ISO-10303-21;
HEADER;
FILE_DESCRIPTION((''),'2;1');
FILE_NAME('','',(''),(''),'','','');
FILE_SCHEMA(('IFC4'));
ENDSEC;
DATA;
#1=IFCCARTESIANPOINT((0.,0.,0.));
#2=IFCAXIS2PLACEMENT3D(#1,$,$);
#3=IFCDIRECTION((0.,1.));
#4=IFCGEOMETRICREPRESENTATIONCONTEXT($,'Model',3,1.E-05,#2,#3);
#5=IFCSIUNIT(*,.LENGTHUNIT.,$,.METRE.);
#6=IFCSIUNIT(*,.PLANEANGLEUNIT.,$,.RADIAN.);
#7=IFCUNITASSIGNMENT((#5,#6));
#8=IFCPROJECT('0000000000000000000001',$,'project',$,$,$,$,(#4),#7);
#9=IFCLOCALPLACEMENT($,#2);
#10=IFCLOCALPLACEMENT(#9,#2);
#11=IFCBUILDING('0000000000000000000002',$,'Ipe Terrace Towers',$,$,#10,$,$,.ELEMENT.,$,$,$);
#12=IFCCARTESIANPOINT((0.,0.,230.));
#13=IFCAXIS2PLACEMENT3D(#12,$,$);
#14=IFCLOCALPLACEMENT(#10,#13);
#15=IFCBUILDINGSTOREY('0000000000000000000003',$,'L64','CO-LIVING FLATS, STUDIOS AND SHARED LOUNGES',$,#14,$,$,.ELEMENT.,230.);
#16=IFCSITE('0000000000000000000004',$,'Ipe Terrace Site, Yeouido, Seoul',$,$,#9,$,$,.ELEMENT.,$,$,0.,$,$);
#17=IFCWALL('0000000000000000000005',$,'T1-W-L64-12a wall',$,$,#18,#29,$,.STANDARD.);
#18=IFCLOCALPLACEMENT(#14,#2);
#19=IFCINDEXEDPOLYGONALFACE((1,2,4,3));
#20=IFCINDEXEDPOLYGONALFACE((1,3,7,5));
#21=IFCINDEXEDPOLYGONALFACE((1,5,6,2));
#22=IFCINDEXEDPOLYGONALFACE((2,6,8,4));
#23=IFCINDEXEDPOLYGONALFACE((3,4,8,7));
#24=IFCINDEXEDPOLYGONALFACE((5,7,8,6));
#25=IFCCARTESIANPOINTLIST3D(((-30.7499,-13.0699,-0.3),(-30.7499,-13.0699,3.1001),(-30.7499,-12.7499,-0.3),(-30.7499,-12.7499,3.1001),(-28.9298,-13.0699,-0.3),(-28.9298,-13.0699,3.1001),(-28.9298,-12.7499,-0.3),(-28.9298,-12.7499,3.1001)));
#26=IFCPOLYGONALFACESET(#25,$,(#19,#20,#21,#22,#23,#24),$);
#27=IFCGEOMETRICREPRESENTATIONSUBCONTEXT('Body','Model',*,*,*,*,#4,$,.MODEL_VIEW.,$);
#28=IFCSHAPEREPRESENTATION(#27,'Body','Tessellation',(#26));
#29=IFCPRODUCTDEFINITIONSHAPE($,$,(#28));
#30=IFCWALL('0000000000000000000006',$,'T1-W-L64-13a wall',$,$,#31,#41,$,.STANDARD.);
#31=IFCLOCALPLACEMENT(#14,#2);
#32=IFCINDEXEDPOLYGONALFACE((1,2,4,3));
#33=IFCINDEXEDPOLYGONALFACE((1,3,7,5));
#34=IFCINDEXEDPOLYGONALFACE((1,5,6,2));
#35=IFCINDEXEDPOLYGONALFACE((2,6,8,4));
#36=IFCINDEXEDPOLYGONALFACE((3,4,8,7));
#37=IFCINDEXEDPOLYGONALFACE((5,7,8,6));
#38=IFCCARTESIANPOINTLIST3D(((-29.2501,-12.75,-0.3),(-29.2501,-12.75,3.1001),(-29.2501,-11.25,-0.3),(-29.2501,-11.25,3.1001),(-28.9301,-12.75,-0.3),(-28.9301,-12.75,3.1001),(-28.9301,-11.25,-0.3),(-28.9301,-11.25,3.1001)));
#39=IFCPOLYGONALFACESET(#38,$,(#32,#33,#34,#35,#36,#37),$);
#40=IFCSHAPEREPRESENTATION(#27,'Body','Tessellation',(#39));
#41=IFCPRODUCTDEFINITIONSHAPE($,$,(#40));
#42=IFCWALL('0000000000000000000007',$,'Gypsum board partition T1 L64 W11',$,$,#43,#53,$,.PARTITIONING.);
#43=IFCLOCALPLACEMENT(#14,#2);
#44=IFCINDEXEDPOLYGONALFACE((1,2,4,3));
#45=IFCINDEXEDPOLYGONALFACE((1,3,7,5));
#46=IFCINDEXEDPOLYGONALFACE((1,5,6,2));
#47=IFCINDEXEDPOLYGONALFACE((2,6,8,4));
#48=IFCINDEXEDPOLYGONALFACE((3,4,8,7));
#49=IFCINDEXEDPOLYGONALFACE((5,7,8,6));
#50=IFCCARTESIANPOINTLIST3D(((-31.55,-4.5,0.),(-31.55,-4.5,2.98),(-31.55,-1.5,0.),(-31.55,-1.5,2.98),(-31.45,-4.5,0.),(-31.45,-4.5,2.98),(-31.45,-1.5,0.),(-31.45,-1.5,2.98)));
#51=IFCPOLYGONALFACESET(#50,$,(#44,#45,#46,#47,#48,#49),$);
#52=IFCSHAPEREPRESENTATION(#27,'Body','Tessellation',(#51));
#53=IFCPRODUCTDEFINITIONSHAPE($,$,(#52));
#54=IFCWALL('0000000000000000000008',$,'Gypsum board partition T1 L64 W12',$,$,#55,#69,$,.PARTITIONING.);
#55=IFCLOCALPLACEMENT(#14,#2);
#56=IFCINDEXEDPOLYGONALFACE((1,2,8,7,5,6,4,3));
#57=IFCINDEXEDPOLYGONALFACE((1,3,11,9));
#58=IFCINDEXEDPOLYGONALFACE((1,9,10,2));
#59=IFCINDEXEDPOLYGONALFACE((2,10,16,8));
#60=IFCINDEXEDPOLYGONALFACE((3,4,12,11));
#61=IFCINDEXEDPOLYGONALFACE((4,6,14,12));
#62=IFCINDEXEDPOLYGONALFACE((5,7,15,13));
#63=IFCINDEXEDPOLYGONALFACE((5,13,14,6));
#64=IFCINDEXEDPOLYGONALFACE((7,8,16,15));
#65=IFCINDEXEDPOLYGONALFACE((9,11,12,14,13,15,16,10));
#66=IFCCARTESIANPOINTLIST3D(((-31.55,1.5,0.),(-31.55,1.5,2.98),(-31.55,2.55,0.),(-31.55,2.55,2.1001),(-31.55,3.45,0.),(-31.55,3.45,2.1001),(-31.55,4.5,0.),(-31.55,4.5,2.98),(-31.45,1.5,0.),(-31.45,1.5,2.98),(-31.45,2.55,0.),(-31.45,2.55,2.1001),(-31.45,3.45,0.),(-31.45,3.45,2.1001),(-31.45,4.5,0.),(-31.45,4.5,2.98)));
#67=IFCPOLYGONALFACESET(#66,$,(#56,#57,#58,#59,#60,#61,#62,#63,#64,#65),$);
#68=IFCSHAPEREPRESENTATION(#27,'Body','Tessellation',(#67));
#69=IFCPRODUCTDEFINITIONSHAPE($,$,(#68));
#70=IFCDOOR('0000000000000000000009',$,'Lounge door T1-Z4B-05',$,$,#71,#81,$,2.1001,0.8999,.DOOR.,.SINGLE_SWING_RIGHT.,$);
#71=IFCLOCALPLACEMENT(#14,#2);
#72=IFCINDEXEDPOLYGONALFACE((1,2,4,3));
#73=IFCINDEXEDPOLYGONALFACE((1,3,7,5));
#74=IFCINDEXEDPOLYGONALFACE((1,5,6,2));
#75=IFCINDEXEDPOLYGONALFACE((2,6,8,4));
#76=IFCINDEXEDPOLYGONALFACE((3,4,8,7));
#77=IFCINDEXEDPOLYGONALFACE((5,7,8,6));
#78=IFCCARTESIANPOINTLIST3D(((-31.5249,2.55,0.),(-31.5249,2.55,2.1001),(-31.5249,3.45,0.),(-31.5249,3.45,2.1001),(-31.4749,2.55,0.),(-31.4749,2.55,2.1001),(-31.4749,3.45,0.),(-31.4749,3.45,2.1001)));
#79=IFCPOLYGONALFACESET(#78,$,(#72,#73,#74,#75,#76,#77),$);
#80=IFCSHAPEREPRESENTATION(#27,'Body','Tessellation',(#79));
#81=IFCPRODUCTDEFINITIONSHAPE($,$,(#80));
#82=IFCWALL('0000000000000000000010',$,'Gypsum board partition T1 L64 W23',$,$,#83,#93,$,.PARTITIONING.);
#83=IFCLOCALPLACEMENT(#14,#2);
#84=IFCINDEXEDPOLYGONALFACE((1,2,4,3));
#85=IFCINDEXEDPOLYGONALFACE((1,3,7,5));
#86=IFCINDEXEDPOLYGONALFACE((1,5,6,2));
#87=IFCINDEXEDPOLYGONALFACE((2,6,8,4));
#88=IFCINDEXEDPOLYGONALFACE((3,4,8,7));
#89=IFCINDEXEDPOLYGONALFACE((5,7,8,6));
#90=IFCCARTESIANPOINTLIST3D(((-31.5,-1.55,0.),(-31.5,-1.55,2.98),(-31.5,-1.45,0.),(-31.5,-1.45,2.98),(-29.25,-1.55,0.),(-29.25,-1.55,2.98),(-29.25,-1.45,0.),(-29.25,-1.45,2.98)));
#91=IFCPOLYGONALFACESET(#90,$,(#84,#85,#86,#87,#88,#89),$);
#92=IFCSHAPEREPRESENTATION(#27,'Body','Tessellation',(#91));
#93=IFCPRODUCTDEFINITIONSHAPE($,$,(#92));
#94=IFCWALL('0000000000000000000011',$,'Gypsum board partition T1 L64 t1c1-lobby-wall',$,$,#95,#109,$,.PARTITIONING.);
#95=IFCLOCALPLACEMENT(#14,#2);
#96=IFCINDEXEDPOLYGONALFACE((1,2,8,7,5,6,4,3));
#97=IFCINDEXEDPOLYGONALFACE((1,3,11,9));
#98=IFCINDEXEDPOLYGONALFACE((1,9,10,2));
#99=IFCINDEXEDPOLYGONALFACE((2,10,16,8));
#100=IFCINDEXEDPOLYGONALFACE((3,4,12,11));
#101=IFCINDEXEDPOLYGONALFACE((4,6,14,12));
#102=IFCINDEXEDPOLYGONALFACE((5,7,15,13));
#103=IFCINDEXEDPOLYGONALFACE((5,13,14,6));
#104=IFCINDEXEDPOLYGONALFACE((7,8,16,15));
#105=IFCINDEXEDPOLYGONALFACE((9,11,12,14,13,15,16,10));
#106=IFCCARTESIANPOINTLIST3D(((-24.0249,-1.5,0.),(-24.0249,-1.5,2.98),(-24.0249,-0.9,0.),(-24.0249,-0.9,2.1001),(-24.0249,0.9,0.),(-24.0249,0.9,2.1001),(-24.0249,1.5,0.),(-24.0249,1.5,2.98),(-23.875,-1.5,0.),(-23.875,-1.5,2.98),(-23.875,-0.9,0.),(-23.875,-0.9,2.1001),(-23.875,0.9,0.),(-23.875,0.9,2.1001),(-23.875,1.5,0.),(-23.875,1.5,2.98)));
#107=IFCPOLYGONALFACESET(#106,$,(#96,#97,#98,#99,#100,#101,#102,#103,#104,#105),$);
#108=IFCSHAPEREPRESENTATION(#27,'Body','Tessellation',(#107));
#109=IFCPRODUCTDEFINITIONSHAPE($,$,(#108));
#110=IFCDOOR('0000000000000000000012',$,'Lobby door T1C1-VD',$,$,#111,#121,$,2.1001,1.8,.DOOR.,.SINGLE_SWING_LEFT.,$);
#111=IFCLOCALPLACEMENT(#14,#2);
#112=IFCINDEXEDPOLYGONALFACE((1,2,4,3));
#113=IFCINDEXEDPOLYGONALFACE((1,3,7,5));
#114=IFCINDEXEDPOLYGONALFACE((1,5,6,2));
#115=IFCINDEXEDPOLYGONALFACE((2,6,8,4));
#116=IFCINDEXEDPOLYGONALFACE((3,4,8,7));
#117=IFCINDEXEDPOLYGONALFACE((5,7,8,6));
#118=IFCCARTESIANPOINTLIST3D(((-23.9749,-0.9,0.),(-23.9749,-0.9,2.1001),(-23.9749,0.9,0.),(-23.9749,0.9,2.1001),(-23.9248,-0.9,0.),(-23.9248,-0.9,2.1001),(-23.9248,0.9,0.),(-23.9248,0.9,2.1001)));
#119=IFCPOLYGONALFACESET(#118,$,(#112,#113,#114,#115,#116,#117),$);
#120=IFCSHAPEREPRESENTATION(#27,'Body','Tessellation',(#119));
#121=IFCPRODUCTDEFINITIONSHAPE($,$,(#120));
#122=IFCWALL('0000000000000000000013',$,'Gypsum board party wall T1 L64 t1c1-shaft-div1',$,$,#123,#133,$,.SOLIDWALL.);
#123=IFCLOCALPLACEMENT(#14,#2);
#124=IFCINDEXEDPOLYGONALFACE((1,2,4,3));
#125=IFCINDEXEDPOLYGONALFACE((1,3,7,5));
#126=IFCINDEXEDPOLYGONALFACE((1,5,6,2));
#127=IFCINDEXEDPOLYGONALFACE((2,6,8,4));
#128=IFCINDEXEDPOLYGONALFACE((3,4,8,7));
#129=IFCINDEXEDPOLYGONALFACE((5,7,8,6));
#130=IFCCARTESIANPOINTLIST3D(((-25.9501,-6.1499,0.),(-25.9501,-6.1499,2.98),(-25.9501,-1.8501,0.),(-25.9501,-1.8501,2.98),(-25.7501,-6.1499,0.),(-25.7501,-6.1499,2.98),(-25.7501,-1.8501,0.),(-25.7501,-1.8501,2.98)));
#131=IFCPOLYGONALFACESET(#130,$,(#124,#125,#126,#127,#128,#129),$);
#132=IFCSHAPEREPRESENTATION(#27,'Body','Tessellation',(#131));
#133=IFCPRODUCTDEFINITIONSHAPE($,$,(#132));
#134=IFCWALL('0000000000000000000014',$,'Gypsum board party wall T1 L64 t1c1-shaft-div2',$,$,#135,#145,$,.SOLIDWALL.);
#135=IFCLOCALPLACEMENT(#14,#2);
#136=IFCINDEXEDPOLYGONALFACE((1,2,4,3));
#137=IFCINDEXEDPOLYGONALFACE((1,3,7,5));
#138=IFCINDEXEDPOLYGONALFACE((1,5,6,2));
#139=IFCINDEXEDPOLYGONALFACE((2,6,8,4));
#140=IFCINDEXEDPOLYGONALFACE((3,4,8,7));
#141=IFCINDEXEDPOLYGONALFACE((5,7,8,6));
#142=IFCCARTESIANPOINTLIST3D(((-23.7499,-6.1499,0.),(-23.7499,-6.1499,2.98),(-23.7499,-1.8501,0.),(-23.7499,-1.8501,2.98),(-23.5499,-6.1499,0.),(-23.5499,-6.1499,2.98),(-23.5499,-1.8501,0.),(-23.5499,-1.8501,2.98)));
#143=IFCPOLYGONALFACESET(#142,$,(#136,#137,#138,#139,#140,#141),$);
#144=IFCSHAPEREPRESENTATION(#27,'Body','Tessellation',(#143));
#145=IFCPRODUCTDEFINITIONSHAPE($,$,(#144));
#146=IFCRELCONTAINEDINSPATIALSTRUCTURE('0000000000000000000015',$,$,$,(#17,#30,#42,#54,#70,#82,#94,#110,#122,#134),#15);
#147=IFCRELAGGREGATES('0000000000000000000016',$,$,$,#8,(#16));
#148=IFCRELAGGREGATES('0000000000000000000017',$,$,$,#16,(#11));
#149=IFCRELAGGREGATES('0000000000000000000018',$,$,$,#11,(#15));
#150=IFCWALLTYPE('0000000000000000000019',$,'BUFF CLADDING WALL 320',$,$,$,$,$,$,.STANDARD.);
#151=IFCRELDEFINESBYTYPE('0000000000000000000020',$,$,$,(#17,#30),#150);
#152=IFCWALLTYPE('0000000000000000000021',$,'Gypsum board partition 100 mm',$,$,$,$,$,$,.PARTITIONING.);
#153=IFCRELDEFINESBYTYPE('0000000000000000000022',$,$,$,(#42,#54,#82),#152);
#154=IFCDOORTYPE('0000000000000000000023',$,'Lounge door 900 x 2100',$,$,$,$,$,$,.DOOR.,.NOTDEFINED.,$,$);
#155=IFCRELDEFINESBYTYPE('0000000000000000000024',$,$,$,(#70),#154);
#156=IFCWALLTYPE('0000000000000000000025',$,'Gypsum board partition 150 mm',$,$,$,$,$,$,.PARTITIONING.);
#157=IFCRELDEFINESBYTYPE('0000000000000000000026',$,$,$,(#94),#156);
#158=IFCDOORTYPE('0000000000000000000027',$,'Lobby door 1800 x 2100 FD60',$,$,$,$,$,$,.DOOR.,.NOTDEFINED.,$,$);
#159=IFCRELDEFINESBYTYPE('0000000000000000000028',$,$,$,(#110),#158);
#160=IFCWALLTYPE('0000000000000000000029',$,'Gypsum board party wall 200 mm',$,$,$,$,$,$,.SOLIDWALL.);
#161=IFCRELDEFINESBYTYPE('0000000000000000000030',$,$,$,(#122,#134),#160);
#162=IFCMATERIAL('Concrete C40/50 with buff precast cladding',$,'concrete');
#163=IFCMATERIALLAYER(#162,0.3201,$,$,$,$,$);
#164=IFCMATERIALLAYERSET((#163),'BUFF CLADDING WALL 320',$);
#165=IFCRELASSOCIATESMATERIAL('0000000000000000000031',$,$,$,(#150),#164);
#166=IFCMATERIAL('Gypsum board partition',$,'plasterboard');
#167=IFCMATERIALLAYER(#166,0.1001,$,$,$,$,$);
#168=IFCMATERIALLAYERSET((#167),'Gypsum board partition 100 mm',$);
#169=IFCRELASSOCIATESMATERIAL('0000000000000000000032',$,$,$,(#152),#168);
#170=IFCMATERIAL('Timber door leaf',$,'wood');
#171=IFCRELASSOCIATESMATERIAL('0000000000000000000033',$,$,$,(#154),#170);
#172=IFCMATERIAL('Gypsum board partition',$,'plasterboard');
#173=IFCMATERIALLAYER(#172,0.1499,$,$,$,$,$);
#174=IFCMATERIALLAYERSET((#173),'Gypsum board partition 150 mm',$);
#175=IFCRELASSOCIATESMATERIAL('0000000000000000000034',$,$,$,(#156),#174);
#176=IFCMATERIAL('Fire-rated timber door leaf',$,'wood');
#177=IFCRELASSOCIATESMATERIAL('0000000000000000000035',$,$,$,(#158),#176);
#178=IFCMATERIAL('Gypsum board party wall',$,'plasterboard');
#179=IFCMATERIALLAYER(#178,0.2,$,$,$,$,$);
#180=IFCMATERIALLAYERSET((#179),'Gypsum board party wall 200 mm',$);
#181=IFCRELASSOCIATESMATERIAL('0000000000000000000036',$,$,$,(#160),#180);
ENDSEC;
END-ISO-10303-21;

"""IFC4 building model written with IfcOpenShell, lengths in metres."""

from ifc_helpers import new_model, si_unit, direction, frame, frame_2d, origin, place, context, subcontext, project, spatial, rectangle, extrude, material, layer, layer_set, type_object, element, fill, save


model = new_model("IFC4")

# Units and contexts
model_context = context("Model", 3, precision=1e-05, world=origin(), true_north=direction((0.0, 1.0)))
body_context = subcontext(model_context, "Body", "Model", "MODEL_VIEW")
ifc_project = project(units=[si_unit("LENGTHUNIT", "METRE"), si_unit("PLANEANGLEUNIT", "RADIAN")], contexts=[model_context])

# Site, building, storey
site_placement = place(None, origin())
site = spatial("IfcSite", under=ifc_project, at=site_placement, Name="Ipe Terrace Site, Yeouido, Seoul", CompositionType="ELEMENT", RefElevation=0.0)
building_placement = place(site_placement, origin())
building = spatial("IfcBuilding", under=site, at=building_placement, Name="Ipe Terrace Towers", CompositionType="ELEMENT")
storey_placement = place(building_placement, frame((0.0, 0.0, 230.0)))
storey = spatial("IfcBuildingStorey", under=building, at=storey_placement, Name="L64", Description="CO-LIVING FLATS, STUDIOS AND SHARED LOUNGES", CompositionType="ELEMENT", Elevation=230.0)

# Walls
ifc_material_1 = material(Name="Concrete C40/50 with buff precast cladding", Category="concrete")
ifc_layer_1 = layer(ifc_material_1, 0.3201)
ifc_layer_set_1 = layer_set([ifc_layer_1], Name="BUFF CLADDING WALL 320")
wall_type_1 = type_object("IfcWallType", Name="BUFF CLADDING WALL 320", PredefinedType="STANDARD", material=ifc_layer_set_1)
wall_1_placement = place(storey_placement, frame((-30.75, -12.9099, -0.3), z_axis=(0.0, 0.0, 1.0), x_axis=(1.0, 0.0, 0.0)))
element("IfcWall", 1, at=wall_1_placement, inside=storey, type_object=wall_type_1, Name="T1-W-L64-12a wall", PredefinedType="STANDARD", context=body_context, shape_type="SweptSolid", body=[
    extrude(rectangle(XDim=1.8201, YDim=0.3201, at=frame_2d((0.9102, 0.0))), origin(), (0.0, 0.0, 1.0), 3.4001),
])
wall_2_placement = place(storey_placement, frame((-29.0901, -12.75, -0.3), z_axis=(0.0, 0.0, 1.0), x_axis=(0.0, 1.0, 0.0)))
element("IfcWall", 2, at=wall_2_placement, inside=storey, type_object=wall_type_1, Name="T1-W-L64-13a wall", PredefinedType="STANDARD", context=body_context, shape_type="SweptSolid", body=[
    extrude(rectangle(XDim=1.5, YDim=0.3201, at=frame_2d((0.75, 0.0))), origin(), (0.0, 0.0, 1.0), 3.4001),
])
ifc_material_2 = material(Name="Gypsum board partition", Category="plasterboard")
ifc_layer_2 = layer(ifc_material_2, 0.1001)
ifc_layer_set_2 = layer_set([ifc_layer_2], Name="Gypsum board partition 100 mm")
wall_type_2 = type_object("IfcWallType", Name="Gypsum board partition 100 mm", PredefinedType="PARTITIONING", material=ifc_layer_set_2)
wall_3_placement = place(storey_placement, frame((-31.5, -4.5, 0.0), z_axis=(0.0, 0.0, 1.0), x_axis=(0.0, 1.0, 0.0)))
element("IfcWall", 3, at=wall_3_placement, inside=storey, type_object=wall_type_2, Name="Gypsum board partition T1 L64 W11", PredefinedType="PARTITIONING", context=body_context, shape_type="SweptSolid", body=[
    extrude(rectangle(XDim=3.0, YDim=0.1001, at=frame_2d((1.5, 0.0))), origin(), (0.0, 0.0, 1.0), 2.98),
])

# Wall, opening, door
wall_4_placement = place(storey_placement, frame((-31.5, 1.5, 0.0), z_axis=(0.0, 0.0, 1.0), x_axis=(0.0, 1.0, 0.0)))
wall_4 = element("IfcWall", 4, at=wall_4_placement, inside=storey, type_object=wall_type_2, Name="Gypsum board partition T1 L64 W12", PredefinedType="PARTITIONING", context=body_context, shape_type="SweptSolid", body=[
    extrude(rectangle(XDim=3.0, YDim=0.1001, at=frame_2d((1.5, 0.0))), origin(), (0.0, 0.0, 1.0), 2.98),
])
opening_1_placement = place(wall_4_placement, frame((1.05, 0.0, 0.0)))
opening_1 = element("IfcOpeningElement", 5, at=opening_1_placement, cuts=wall_4, PredefinedType="OPENING", context=body_context, shape_type="SweptSolid", body=[
    extrude(rectangle(XDim=0.8999, YDim=2.1001, at=frame_2d((0.45, 1.05))), frame((0.0, 0.0601, 0.0), z_axis=(0.0, -1.0, 0.0), x_axis=(1.0, 0.0, 0.0)), (0.0, 0.0, 1.0), 0.1201),
])
ifc_material_3 = material(Name="Timber door leaf", Category="wood")
door_type_1 = type_object("IfcDoorType", Name="Lounge door 900 x 2100", OperationType="NOTDEFINED", PredefinedType="DOOR", material=ifc_material_3)
door_1_placement = place(opening_1_placement, origin())
door_1 = element("IfcDoor", 6, at=door_1_placement, inside=storey, type_object=door_type_1, Name="Lounge door T1-Z4B-05", OperationType="SINGLE_SWING_RIGHT", OverallHeight=2.1001, OverallWidth=0.8999, PredefinedType="DOOR", context=body_context, shape_type="SweptSolid", body=[
    extrude(rectangle(XDim=0.8999, YDim=2.1001, at=frame_2d((0.45, 1.05))), frame((0.0, 0.0249, 0.0), z_axis=(0.0, -1.0, 0.0), x_axis=(1.0, 0.0, 0.0)), (0.0, 0.0, 1.0), 0.05),
])
fill(opening_1, door_1)

# Wall
wall_5_placement = place(storey_placement, frame((-31.5, -1.5, 0.0), z_axis=(0.0, 0.0, 1.0), x_axis=(1.0, 0.0, 0.0)))
element("IfcWall", 7, at=wall_5_placement, inside=storey, type_object=wall_type_2, Name="Gypsum board partition T1 L64 W23", PredefinedType="PARTITIONING", context=body_context, shape_type="SweptSolid", body=[
    extrude(rectangle(XDim=2.25, YDim=0.1001, at=frame_2d((1.125, 0.0))), origin(), (0.0, 0.0, 1.0), 2.98),
])

# Wall, opening, door
ifc_material_4 = material(Name="Gypsum board partition", Category="plasterboard")
ifc_layer_3 = layer(ifc_material_4, 0.1499)
ifc_layer_set_3 = layer_set([ifc_layer_3], Name="Gypsum board partition 150 mm")
wall_type_3 = type_object("IfcWallType", Name="Gypsum board partition 150 mm", PredefinedType="PARTITIONING", material=ifc_layer_set_3)
wall_6_placement = place(storey_placement, frame((-23.95, -1.5, 0.0), z_axis=(0.0, 0.0, 1.0), x_axis=(0.0, 1.0, 0.0)))
wall_6 = element("IfcWall", 8, at=wall_6_placement, inside=storey, type_object=wall_type_3, Name="Gypsum board partition T1 L64 t1c1-lobby-wall", PredefinedType="PARTITIONING", context=body_context, shape_type="SweptSolid", body=[
    extrude(rectangle(XDim=3.0, YDim=0.1499, at=frame_2d((1.5, 0.0))), origin(), (0.0, 0.0, 1.0), 2.98),
])
opening_2_placement = place(wall_6_placement, frame((0.6001, 0.0, 0.0)))
opening_2 = element("IfcOpeningElement", 9, at=opening_2_placement, cuts=wall_6, PredefinedType="OPENING", context=body_context, shape_type="SweptSolid", body=[
    extrude(rectangle(XDim=1.8, YDim=2.1001, at=frame_2d((0.8999, 1.05))), frame((0.0, 0.085, 0.0), z_axis=(0.0, -1.0, 0.0), x_axis=(1.0, 0.0, 0.0)), (0.0, 0.0, 1.0), 0.1699),
])
ifc_material_5 = material(Name="Fire-rated timber door leaf", Category="wood")
door_type_2 = type_object("IfcDoorType", Name="Lobby door 1800 x 2100 FD60", OperationType="NOTDEFINED", PredefinedType="DOOR", material=ifc_material_5)
door_2_placement = place(opening_2_placement, origin())
door_2 = element("IfcDoor", 10, at=door_2_placement, inside=storey, type_object=door_type_2, Name="Lobby door T1C1-VD", OperationType="SINGLE_SWING_LEFT", OverallHeight=2.1001, OverallWidth=1.8, PredefinedType="DOOR", context=body_context, shape_type="SweptSolid", body=[
    extrude(rectangle(XDim=1.8, YDim=2.1001, at=frame_2d((0.8999, 1.05))), frame((0.0, 0.0249, 0.0), z_axis=(0.0, -1.0, 0.0), x_axis=(1.0, 0.0, 0.0)), (0.0, 0.0, 1.0), 0.05),
])
fill(opening_2, door_2)

# Walls
ifc_material_6 = material(Name="Gypsum board party wall", Category="plasterboard")
ifc_layer_4 = layer(ifc_material_6, 0.2)
ifc_layer_set_4 = layer_set([ifc_layer_4], Name="Gypsum board party wall 200 mm")
wall_type_4 = type_object("IfcWallType", Name="Gypsum board party wall 200 mm", PredefinedType="SOLIDWALL", material=ifc_layer_set_4)
for number, where, z_axis, x_axis, name in (
    (11, (-25.8501, -6.1499, 0.0), (0.0, 0.0, 1.0), (0.0, 1.0, 0.0), "Gypsum board party wall T1 L64 t1c1-shaft-div1"),
    (12, (-23.6499, -6.1499, 0.0), (0.0, 0.0, 1.0), (0.0, 1.0, 0.0), "Gypsum board party wall T1 L64 t1c1-shaft-div2"),
):
    element("IfcWall", number, at=place(storey_placement, frame(where, z_axis=z_axis, x_axis=x_axis)), inside=storey, type_object=wall_type_4, Name=name, PredefinedType="SOLIDWALL", context=body_context, shape_type="SweptSolid", body=[
        extrude(rectangle(XDim=4.2998, YDim=0.2, at=frame_2d((2.1499, 0.0))), origin(), (0.0, 0.0, 1.0), 2.98),
    ])

save(model, "model.ifc")
